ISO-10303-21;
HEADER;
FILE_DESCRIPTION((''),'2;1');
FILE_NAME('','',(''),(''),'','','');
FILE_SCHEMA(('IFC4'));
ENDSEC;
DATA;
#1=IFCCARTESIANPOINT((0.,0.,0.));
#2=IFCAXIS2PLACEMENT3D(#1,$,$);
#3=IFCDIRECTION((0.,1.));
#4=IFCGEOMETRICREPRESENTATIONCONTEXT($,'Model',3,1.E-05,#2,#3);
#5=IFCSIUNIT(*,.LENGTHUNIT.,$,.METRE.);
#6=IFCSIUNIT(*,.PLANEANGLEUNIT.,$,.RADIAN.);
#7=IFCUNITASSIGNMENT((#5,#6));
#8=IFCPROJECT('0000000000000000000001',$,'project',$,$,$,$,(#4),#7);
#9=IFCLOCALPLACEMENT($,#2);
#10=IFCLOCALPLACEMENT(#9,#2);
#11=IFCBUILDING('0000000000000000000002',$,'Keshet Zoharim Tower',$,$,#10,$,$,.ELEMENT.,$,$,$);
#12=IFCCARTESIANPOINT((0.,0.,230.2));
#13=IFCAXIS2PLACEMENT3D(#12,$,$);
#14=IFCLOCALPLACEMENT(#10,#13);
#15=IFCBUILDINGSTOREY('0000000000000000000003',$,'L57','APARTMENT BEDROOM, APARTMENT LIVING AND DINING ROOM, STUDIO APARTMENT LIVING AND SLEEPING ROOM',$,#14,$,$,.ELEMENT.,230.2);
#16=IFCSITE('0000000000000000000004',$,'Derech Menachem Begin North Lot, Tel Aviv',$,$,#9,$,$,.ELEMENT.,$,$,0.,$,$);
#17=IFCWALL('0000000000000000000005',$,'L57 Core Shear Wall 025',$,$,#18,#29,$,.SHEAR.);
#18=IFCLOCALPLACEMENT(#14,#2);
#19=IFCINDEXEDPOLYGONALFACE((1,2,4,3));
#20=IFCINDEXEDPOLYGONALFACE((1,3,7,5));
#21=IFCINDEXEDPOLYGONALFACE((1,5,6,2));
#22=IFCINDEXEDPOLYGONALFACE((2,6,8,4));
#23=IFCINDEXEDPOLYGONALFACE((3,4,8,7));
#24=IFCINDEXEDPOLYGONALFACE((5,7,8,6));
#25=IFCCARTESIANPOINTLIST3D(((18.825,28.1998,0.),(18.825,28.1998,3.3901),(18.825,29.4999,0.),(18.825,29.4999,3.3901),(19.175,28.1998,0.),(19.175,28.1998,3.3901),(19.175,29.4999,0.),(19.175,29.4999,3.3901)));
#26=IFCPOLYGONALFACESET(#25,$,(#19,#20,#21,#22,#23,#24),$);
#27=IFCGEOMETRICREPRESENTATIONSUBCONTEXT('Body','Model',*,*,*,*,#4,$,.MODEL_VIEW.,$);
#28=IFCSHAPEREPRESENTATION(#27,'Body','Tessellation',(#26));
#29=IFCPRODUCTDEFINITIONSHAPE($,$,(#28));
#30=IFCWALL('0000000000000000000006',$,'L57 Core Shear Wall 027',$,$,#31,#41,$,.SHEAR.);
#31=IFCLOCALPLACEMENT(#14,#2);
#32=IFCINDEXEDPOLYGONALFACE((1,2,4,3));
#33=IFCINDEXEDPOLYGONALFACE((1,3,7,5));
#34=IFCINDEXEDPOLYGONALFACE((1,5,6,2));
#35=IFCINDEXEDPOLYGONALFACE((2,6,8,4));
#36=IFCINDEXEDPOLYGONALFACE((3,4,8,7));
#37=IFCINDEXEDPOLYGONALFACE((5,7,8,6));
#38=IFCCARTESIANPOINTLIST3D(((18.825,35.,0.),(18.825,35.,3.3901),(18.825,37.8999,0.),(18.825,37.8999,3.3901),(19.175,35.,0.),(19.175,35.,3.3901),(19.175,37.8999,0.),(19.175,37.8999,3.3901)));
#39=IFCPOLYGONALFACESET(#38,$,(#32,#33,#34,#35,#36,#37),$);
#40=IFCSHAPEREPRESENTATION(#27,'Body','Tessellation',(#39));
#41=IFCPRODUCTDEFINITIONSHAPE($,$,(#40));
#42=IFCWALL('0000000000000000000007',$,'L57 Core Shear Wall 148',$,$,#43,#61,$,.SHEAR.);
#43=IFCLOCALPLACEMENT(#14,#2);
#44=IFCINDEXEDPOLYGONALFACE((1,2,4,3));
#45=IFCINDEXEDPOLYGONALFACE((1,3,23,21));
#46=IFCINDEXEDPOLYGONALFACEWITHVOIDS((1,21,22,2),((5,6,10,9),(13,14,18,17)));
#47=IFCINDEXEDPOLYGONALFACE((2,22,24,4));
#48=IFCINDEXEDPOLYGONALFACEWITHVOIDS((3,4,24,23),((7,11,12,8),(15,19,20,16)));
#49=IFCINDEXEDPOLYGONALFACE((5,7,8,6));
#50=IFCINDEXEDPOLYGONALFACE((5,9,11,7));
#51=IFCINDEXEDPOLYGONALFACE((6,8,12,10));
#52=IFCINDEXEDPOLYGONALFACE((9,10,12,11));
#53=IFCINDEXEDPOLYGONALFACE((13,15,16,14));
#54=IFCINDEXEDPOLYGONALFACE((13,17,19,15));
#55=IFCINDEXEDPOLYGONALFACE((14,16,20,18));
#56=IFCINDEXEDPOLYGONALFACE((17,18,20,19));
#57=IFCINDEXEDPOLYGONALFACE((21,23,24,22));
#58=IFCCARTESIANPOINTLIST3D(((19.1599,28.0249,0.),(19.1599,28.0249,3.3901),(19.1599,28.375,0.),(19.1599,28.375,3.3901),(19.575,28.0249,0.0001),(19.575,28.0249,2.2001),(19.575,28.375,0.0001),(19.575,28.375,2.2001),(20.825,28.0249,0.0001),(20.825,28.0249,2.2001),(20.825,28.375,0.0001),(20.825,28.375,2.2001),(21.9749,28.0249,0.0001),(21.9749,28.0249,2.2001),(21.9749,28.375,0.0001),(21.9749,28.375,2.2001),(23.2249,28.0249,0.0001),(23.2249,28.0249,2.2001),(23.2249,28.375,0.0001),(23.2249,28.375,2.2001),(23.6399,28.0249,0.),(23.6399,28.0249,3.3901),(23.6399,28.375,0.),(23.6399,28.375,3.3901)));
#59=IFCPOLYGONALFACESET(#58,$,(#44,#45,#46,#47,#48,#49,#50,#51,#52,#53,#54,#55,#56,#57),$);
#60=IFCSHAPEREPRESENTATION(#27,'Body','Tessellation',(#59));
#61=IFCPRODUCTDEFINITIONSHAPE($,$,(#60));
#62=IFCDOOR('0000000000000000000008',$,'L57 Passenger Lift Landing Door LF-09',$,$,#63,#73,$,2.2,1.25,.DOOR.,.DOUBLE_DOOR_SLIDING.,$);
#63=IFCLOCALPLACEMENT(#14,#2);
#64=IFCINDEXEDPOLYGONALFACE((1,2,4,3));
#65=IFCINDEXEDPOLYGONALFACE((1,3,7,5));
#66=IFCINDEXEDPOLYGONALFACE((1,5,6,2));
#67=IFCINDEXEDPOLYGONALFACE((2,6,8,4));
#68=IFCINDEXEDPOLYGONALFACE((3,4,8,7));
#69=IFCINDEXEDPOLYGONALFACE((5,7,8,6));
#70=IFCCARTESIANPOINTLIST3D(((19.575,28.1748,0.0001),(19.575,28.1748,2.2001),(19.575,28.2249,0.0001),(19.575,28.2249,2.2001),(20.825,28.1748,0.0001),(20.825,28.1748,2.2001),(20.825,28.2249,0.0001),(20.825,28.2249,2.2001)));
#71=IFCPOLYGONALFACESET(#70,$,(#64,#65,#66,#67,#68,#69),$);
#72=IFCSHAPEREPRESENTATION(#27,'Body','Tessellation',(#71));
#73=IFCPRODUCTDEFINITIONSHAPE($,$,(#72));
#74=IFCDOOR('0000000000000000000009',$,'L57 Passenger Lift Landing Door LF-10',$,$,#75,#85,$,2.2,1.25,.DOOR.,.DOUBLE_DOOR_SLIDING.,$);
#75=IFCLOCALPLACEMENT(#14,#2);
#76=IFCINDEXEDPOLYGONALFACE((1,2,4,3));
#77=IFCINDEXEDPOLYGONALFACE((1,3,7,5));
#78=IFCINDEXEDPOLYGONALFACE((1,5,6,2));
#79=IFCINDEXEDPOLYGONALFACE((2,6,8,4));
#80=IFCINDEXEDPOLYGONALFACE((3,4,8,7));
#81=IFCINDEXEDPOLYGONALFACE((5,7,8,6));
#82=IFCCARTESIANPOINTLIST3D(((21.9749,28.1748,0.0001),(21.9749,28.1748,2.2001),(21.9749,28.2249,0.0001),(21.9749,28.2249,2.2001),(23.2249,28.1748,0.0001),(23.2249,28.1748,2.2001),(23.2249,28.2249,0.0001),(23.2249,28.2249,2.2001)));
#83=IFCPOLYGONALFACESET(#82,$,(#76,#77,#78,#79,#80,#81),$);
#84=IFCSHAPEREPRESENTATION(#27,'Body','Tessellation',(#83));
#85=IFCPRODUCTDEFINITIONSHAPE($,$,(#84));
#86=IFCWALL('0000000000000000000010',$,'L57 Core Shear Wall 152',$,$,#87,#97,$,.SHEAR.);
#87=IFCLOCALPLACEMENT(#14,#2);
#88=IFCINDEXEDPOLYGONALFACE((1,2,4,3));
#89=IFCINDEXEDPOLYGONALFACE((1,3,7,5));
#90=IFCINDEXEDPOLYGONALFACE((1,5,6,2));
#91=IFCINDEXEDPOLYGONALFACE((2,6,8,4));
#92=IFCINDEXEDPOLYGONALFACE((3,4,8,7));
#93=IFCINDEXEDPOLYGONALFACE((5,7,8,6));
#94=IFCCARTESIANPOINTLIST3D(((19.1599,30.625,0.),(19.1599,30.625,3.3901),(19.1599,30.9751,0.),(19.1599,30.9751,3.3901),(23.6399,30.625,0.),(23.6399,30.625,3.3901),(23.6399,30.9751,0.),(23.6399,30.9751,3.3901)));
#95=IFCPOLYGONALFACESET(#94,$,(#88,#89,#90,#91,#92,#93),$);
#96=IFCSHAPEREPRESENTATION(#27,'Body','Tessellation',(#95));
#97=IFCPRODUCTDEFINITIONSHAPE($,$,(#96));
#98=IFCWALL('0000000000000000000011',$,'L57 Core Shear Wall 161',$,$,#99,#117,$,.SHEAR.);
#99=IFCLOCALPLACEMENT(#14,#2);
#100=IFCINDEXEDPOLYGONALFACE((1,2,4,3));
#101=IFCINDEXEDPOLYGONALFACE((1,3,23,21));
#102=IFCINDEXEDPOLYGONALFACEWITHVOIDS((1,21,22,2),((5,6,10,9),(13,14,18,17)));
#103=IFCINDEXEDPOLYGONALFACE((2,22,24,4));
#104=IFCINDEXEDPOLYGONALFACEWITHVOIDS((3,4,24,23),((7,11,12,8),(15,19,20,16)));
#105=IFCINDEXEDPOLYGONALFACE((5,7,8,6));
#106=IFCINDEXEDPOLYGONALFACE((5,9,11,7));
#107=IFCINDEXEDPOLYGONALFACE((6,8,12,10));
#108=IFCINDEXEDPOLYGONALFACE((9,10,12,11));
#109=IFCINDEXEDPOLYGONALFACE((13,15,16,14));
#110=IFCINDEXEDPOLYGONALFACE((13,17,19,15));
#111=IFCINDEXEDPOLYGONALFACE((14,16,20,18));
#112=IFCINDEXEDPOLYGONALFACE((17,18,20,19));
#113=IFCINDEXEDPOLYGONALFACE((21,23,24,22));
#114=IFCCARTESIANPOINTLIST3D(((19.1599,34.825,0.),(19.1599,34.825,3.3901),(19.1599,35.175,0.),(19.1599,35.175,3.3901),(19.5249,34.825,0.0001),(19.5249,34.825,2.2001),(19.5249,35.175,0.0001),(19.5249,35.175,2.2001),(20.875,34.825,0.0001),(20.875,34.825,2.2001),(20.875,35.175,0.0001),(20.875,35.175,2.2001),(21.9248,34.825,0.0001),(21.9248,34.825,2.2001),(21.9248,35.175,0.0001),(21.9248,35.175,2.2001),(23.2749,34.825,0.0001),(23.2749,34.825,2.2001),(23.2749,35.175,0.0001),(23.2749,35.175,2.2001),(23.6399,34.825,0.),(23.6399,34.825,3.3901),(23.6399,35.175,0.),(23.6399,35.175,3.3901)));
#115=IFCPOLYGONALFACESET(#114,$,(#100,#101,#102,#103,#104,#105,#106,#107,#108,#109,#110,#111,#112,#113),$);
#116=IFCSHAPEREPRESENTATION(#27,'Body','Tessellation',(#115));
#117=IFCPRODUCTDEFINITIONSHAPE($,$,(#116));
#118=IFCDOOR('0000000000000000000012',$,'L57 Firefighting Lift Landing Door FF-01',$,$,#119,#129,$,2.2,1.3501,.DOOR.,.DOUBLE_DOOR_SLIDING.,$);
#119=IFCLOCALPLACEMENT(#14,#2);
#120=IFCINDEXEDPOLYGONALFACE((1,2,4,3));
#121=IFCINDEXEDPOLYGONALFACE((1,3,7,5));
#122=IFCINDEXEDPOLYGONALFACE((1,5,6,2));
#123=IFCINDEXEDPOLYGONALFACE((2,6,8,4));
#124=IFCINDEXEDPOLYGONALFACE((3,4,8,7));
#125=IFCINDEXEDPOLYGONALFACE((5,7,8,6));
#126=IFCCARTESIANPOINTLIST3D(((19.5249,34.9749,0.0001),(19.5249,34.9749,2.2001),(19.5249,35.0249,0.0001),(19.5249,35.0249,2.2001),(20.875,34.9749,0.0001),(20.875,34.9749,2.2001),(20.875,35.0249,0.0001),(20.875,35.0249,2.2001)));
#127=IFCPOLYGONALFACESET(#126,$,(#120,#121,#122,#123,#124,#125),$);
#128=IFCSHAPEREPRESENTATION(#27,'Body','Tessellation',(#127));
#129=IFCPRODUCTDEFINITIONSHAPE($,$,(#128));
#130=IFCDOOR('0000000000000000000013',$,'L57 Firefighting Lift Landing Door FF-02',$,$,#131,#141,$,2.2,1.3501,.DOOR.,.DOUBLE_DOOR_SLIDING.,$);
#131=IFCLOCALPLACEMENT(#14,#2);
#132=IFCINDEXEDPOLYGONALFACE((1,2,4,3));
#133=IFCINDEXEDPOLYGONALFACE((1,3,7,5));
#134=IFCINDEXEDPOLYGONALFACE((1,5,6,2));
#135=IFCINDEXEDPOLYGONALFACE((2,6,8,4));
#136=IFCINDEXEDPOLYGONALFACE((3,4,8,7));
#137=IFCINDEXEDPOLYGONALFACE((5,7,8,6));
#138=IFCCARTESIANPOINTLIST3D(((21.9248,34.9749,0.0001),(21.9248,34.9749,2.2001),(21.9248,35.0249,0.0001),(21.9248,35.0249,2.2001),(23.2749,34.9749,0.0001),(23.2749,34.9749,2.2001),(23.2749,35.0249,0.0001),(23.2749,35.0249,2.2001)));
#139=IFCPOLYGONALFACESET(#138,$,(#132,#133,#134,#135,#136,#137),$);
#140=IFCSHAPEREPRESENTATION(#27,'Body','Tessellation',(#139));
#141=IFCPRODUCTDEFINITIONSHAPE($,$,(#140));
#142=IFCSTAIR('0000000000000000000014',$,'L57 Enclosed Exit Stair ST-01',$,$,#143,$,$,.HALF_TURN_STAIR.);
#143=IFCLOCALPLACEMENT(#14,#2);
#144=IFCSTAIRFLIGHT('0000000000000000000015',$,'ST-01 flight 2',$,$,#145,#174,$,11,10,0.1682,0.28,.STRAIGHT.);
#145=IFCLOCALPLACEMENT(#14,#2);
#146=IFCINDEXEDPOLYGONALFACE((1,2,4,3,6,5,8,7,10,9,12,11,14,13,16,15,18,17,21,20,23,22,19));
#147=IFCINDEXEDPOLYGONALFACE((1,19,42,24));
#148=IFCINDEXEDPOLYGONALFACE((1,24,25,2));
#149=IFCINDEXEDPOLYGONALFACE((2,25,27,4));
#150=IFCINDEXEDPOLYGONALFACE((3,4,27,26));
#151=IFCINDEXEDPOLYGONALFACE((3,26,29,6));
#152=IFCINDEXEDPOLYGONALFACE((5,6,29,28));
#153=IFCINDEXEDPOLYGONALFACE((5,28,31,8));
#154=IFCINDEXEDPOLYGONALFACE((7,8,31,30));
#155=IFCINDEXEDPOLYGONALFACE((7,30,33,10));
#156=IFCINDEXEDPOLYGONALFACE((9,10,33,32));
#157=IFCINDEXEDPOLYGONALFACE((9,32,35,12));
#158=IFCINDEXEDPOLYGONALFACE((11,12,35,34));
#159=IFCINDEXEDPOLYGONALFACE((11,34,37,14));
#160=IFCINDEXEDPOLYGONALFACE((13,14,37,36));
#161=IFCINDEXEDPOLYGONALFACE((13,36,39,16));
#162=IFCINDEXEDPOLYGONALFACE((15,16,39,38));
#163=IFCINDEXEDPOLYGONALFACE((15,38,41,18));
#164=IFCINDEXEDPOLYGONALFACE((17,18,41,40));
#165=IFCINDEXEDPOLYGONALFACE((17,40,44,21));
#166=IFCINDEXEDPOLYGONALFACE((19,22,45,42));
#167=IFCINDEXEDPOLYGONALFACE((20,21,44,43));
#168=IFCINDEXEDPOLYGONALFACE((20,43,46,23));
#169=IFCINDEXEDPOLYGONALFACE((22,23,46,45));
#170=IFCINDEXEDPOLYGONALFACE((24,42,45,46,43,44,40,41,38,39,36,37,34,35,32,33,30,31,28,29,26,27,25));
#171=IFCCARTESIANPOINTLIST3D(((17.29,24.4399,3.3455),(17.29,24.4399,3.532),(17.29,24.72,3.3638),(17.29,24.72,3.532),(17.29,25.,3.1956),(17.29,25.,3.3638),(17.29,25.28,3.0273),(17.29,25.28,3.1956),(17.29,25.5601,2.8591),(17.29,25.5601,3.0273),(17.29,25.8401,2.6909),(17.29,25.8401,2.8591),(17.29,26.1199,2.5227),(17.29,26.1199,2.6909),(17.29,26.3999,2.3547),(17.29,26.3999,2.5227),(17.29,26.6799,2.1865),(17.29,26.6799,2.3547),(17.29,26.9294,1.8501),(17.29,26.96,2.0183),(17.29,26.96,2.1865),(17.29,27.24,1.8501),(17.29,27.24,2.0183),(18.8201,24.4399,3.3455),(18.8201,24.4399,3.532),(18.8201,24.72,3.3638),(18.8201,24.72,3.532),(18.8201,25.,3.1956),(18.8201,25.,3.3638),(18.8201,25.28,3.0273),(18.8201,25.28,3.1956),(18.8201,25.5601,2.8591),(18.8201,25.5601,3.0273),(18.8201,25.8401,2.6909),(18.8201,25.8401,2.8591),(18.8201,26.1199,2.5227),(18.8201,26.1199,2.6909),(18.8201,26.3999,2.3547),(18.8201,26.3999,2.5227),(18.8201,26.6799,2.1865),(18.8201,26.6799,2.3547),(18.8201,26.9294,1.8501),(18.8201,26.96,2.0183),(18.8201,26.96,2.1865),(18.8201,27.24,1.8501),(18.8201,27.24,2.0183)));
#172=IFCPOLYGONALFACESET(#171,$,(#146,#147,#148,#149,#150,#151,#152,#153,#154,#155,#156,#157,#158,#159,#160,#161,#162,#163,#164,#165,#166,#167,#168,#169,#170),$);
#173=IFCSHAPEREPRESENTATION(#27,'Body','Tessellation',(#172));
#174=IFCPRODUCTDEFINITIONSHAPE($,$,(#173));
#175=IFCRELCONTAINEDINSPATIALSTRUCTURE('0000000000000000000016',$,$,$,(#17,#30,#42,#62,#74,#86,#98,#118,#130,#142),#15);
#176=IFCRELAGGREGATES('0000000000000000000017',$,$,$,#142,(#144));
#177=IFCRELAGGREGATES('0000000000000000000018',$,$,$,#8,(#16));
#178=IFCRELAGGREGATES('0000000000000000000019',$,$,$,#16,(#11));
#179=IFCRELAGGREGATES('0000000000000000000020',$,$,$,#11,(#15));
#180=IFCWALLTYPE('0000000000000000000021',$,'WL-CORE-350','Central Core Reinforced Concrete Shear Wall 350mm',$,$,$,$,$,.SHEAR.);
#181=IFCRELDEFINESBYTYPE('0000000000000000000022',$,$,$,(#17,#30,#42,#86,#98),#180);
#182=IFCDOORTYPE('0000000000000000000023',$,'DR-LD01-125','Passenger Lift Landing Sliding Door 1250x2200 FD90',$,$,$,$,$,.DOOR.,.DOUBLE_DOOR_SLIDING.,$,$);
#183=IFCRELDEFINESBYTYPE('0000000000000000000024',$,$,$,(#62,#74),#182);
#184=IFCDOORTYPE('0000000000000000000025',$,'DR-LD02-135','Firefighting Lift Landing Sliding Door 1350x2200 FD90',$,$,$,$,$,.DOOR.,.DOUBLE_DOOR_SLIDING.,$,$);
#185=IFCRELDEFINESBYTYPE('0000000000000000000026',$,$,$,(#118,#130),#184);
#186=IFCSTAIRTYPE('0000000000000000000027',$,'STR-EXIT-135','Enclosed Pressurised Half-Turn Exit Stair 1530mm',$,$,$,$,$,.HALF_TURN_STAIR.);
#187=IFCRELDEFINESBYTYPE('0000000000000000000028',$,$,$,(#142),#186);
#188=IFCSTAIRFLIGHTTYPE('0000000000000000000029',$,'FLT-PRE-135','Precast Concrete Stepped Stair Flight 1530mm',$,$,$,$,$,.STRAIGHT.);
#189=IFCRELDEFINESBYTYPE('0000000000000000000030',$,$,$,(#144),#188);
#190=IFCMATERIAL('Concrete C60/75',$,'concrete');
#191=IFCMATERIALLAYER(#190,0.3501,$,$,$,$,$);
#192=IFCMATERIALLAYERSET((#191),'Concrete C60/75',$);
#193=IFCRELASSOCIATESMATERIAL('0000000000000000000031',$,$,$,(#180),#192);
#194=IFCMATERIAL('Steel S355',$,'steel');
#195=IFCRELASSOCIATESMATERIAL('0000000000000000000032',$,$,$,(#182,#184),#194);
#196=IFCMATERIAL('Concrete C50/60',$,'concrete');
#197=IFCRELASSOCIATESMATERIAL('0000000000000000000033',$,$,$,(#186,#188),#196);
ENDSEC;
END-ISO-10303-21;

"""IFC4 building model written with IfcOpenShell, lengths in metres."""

from ifc_helpers import new_model, si_unit, direction, frame, frame_2d, origin, place, context, subcontext, project, spatial, polyline, rectangle, outline, extrude, material, layer, layer_set, type_object, element, fill, aggregate, save


model = new_model("IFC4")

# Units and contexts
model_context = context("Model", 3, precision=1e-05, world=origin(), true_north=direction((0.0, 1.0)))
body_context = subcontext(model_context, "Body", "Model", "MODEL_VIEW")
ifc_project = project(units=[si_unit("LENGTHUNIT", "METRE"), si_unit("PLANEANGLEUNIT", "RADIAN")], contexts=[model_context])

# Site, building, storey
site_placement = place(None, origin())
site = spatial("IfcSite", under=ifc_project, at=site_placement, Name="Derech Menachem Begin North Lot, Tel Aviv", CompositionType="ELEMENT", RefElevation=0.0)
building_placement = place(site_placement, origin())
building = spatial("IfcBuilding", under=site, at=building_placement, Name="Keshet Zoharim Tower", CompositionType="ELEMENT")
storey_placement = place(building_placement, frame((0.0, 0.0, 230.2)))
storey = spatial("IfcBuildingStorey", under=building, at=storey_placement, Name="L57", Description="APARTMENT BEDROOM, APARTMENT LIVING AND DINING ROOM, STUDIO APARTMENT LIVING AND SLEEPING ROOM", CompositionType="ELEMENT", Elevation=230.2)

# Wall
ifc_material_1 = material(Name="Concrete C60/75", Category="concrete")
ifc_layer_1 = layer(ifc_material_1, 0.3501)
ifc_layer_set_1 = layer_set([ifc_layer_1], Name="Concrete C60/75")
wall_type = type_object("IfcWallType", Name="WL-CORE-350", Description="Central Core Reinforced Concrete Shear Wall 350mm", PredefinedType="SHEAR", material=ifc_layer_set_1)
wall_1_placement = place(storey_placement, frame((19.0, 28.2, 0.0), z_axis=(0.0, 0.0, 1.0), x_axis=(0.0, 1.0, 0.0)))
element("IfcWall", 1, at=wall_1_placement, inside=storey, type_object=wall_type, Name="L57 Core Shear Wall 025", PredefinedType="SHEAR", context=body_context, shape_type="SweptSolid", body=[
    extrude(rectangle(XDim=1.3, YDim=0.3501, at=frame_2d((0.6499, 0.0))), origin(), (0.0, 0.0, 1.0), 3.3901),
])

# Wall
wall_2_placement = place(storey_placement, frame((19.0, 35.0, 0.0), z_axis=(0.0, 0.0, 1.0), x_axis=(0.0, 1.0, 0.0)))
element("IfcWall", 2, at=wall_2_placement, inside=storey, type_object=wall_type, Name="L57 Core Shear Wall 027", PredefinedType="SHEAR", context=body_context, shape_type="SweptSolid", body=[
    extrude(rectangle(XDim=2.8999, YDim=0.3501, at=frame_2d((1.45, 0.0))), origin(), (0.0, 0.0, 1.0), 3.3901),
])

# Wall, openings, doors
wall_3_placement = place(storey_placement, frame((19.1599, 28.2, 0.0), z_axis=(0.0, 0.0, 1.0), x_axis=(1.0, 0.0, 0.0)))
wall_3 = element("IfcWall", 3, at=wall_3_placement, inside=storey, type_object=wall_type, Name="L57 Core Shear Wall 148", PredefinedType="SHEAR", context=body_context, shape_type="SweptSolid", body=[
    extrude(rectangle(XDim=4.48, YDim=0.3501, at=frame_2d((2.24, 0.0))), origin(), (0.0, 0.0, 1.0), 3.3901),
])
opening_1_placement = place(wall_3_placement, frame((0.415, 0.0, 0.0)))
opening_1 = element("IfcOpeningElement", 4, at=opening_1_placement, cuts=wall_3, PredefinedType="OPENING", context=body_context, shape_type="SweptSolid", body=[
    extrude(rectangle(XDim=1.25, YDim=2.2, at=frame_2d((0.625, 1.1001))), frame((0.0, 0.1851, 0.0), z_axis=(0.0, -1.0, 0.0), x_axis=(1.0, 0.0, 0.0)), (0.0, 0.0, 1.0), 0.3701),
])
opening_2_placement = place(wall_3_placement, frame((2.8149, 0.0, 0.0)))
opening_2 = element("IfcOpeningElement", 5, at=opening_2_placement, cuts=wall_3, PredefinedType="OPENING", context=body_context, shape_type="SweptSolid", body=[
    extrude(rectangle(XDim=1.25, YDim=2.2, at=frame_2d((0.625, 1.1001))), frame((0.0, 0.1851, 0.0), z_axis=(0.0, -1.0, 0.0), x_axis=(1.0, 0.0, 0.0)), (0.0, 0.0, 1.0), 0.3701),
])
ifc_material_2 = material(Name="Steel S355", Category="steel")
door_type_1 = type_object("IfcDoorType", Name="DR-LD01-125", Description="Passenger Lift Landing Sliding Door 1250x2200 FD90", OperationType="DOUBLE_DOOR_SLIDING", PredefinedType="DOOR", material=ifc_material_2)
door_1_placement = place(opening_1_placement, origin())
door_1 = element("IfcDoor", 6, at=door_1_placement, inside=storey, type_object=door_type_1, Name="L57 Passenger Lift Landing Door LF-09", OperationType="DOUBLE_DOOR_SLIDING", OverallHeight=2.2, OverallWidth=1.25, PredefinedType="DOOR", context=body_context, shape_type="SweptSolid", body=[
    extrude(rectangle(XDim=1.25, YDim=2.2, at=frame_2d((0.625, 1.1001))), frame((0.0, 0.0249, 0.0), z_axis=(0.0, -1.0, 0.0), x_axis=(1.0, 0.0, 0.0)), (0.0, 0.0, 1.0), 0.05),
])
fill(opening_1, door_1)
door_2_placement = place(opening_2_placement, origin())
door_2 = element("IfcDoor", 7, at=door_2_placement, inside=storey, type_object=door_type_1, Name="L57 Passenger Lift Landing Door LF-10", OperationType="DOUBLE_DOOR_SLIDING", OverallHeight=2.2, OverallWidth=1.25, PredefinedType="DOOR", context=body_context, shape_type="SweptSolid", body=[
    extrude(rectangle(XDim=1.25, YDim=2.2, at=frame_2d((0.625, 1.1001))), frame((0.0, 0.0249, 0.0), z_axis=(0.0, -1.0, 0.0), x_axis=(1.0, 0.0, 0.0)), (0.0, 0.0, 1.0), 0.05),
])
fill(opening_2, door_2)

# Wall
wall_4_placement = place(storey_placement, frame((19.1599, 30.8, 0.0), z_axis=(0.0, 0.0, 1.0), x_axis=(1.0, 0.0, 0.0)))
element("IfcWall", 8, at=wall_4_placement, inside=storey, type_object=wall_type, Name="L57 Core Shear Wall 152", PredefinedType="SHEAR", context=body_context, shape_type="SweptSolid", body=[
    extrude(rectangle(XDim=4.48, YDim=0.3501, at=frame_2d((2.24, 0.0))), origin(), (0.0, 0.0, 1.0), 3.3901),
])

# Wall, openings, doors
wall_5_placement = place(storey_placement, frame((19.1599, 35.0, 0.0), z_axis=(0.0, 0.0, 1.0), x_axis=(1.0, 0.0, 0.0)))
wall_5 = element("IfcWall", 9, at=wall_5_placement, inside=storey, type_object=wall_type, Name="L57 Core Shear Wall 161", PredefinedType="SHEAR", context=body_context, shape_type="SweptSolid", body=[
    extrude(rectangle(XDim=4.48, YDim=0.3501, at=frame_2d((2.24, 0.0))), origin(), (0.0, 0.0, 1.0), 3.3901),
])
opening_3_placement = place(wall_5_placement, frame((0.365, 0.0, 0.0)))
opening_3 = element("IfcOpeningElement", 10, at=opening_3_placement, cuts=wall_5, PredefinedType="OPENING", context=body_context, shape_type="SweptSolid", body=[
    extrude(rectangle(XDim=1.3501, YDim=2.2, at=frame_2d((0.675, 1.1001))), frame((0.0, 0.1851, 0.0), z_axis=(0.0, -1.0, 0.0), x_axis=(1.0, 0.0, 0.0)), (0.0, 0.0, 1.0), 0.3701),
])
opening_4_placement = place(wall_5_placement, frame((2.7649, 0.0, 0.0)))
opening_4 = element("IfcOpeningElement", 11, at=opening_4_placement, cuts=wall_5, PredefinedType="OPENING", context=body_context, shape_type="SweptSolid", body=[
    extrude(rectangle(XDim=1.3501, YDim=2.2, at=frame_2d((0.675, 1.1001))), frame((0.0, 0.1851, 0.0), z_axis=(0.0, -1.0, 0.0), x_axis=(1.0, 0.0, 0.0)), (0.0, 0.0, 1.0), 0.3701),
])
door_type_2 = type_object("IfcDoorType", Name="DR-LD02-135", Description="Firefighting Lift Landing Sliding Door 1350x2200 FD90", OperationType="DOUBLE_DOOR_SLIDING", PredefinedType="DOOR", material=ifc_material_2)
door_3_placement = place(opening_3_placement, origin())
door_3 = element("IfcDoor", 12, at=door_3_placement, inside=storey, type_object=door_type_2, Name="L57 Firefighting Lift Landing Door FF-01", OperationType="DOUBLE_DOOR_SLIDING", OverallHeight=2.2, OverallWidth=1.3501, PredefinedType="DOOR", context=body_context, shape_type="SweptSolid", body=[
    extrude(rectangle(XDim=1.3501, YDim=2.2, at=frame_2d((0.675, 1.1001))), frame((0.0, 0.0249, 0.0), z_axis=(0.0, -1.0, 0.0), x_axis=(1.0, 0.0, 0.0)), (0.0, 0.0, 1.0), 0.05),
])
fill(opening_3, door_3)
door_4_placement = place(opening_4_placement, origin())
door_4 = element("IfcDoor", 13, at=door_4_placement, inside=storey, type_object=door_type_2, Name="L57 Firefighting Lift Landing Door FF-02", OperationType="DOUBLE_DOOR_SLIDING", OverallHeight=2.2, OverallWidth=1.3501, PredefinedType="DOOR", context=body_context, shape_type="SweptSolid", body=[
    extrude(rectangle(XDim=1.3501, YDim=2.2, at=frame_2d((0.675, 1.1001))), frame((0.0, 0.0249, 0.0), z_axis=(0.0, -1.0, 0.0), x_axis=(1.0, 0.0, 0.0)), (0.0, 0.0, 1.0), 0.05),
])
fill(opening_4, door_4)

# Stair, stair flight
ifc_material_3 = material(Name="Concrete C50/60", Category="concrete")
stair_type = type_object("IfcStairType", Name="STR-EXIT-135", Description="Enclosed Pressurised Half-Turn Exit Stair 1530mm", PredefinedType="HALF_TURN_STAIR", material=ifc_material_3)
stair_1_placement = place(storey_placement, origin())
stair_1 = element("IfcStair", 14, at=stair_1_placement, inside=storey, type_object=stair_type, Name="L57 Enclosed Exit Stair ST-01", PredefinedType="HALF_TURN_STAIR")
stair_flight_type = type_object("IfcStairFlightType", Name="FLT-PRE-135", Description="Precast Concrete Stepped Stair Flight 1530mm", PredefinedType="STRAIGHT", material=ifc_material_3)
stair_flight_1_placement = place(storey_placement, frame((18.0549, 27.24, 1.8501), z_axis=(0.0, 0.0, 1.0), x_axis=(0.0, -1.0, 0.0)))
stair_flight_1 = element("IfcStairFlight", 15, at=stair_flight_1_placement, type_object=stair_flight_type, Name="ST-01 flight 2", NumberOfRisers=11, NumberOfTreads=10, PredefinedType="STRAIGHT", RiserHeight=0.1682, TreadLength=0.28, context=body_context, shape_type="SweptSolid", body=[
    extrude(outline(polyline([(0.0, 0.0), (0.0, 0.1682), (0.28, 0.1682), (0.28, 0.3364), (0.5601, 0.3364), (0.5601, 0.5046), (0.8401, 0.5046), (0.8401, 0.6726), (1.1201, 0.6726), (1.1201, 0.8408), (1.3999, 0.8408), (1.3999, 1.009), (1.6799, 1.009), (1.6799, 1.1772), (1.96, 1.1772), (1.96, 1.3455), (2.24, 1.3455), (2.24, 1.5137), (2.52, 1.5137), (2.52, 1.6819), (2.8, 1.6819), (2.8, 1.8501), (2.8, 1.4954), (0.3105, 0.0), (0.0, 0.0)])), frame((0.0, 0.7651, 0.0), z_axis=(0.0, -1.0, 0.0), x_axis=(1.0, 0.0, 0.0)), (0.0, 0.0, 1.0), 1.53),
])
aggregate(stair_1, [stair_flight_1])

save(model, "model.ifc")
